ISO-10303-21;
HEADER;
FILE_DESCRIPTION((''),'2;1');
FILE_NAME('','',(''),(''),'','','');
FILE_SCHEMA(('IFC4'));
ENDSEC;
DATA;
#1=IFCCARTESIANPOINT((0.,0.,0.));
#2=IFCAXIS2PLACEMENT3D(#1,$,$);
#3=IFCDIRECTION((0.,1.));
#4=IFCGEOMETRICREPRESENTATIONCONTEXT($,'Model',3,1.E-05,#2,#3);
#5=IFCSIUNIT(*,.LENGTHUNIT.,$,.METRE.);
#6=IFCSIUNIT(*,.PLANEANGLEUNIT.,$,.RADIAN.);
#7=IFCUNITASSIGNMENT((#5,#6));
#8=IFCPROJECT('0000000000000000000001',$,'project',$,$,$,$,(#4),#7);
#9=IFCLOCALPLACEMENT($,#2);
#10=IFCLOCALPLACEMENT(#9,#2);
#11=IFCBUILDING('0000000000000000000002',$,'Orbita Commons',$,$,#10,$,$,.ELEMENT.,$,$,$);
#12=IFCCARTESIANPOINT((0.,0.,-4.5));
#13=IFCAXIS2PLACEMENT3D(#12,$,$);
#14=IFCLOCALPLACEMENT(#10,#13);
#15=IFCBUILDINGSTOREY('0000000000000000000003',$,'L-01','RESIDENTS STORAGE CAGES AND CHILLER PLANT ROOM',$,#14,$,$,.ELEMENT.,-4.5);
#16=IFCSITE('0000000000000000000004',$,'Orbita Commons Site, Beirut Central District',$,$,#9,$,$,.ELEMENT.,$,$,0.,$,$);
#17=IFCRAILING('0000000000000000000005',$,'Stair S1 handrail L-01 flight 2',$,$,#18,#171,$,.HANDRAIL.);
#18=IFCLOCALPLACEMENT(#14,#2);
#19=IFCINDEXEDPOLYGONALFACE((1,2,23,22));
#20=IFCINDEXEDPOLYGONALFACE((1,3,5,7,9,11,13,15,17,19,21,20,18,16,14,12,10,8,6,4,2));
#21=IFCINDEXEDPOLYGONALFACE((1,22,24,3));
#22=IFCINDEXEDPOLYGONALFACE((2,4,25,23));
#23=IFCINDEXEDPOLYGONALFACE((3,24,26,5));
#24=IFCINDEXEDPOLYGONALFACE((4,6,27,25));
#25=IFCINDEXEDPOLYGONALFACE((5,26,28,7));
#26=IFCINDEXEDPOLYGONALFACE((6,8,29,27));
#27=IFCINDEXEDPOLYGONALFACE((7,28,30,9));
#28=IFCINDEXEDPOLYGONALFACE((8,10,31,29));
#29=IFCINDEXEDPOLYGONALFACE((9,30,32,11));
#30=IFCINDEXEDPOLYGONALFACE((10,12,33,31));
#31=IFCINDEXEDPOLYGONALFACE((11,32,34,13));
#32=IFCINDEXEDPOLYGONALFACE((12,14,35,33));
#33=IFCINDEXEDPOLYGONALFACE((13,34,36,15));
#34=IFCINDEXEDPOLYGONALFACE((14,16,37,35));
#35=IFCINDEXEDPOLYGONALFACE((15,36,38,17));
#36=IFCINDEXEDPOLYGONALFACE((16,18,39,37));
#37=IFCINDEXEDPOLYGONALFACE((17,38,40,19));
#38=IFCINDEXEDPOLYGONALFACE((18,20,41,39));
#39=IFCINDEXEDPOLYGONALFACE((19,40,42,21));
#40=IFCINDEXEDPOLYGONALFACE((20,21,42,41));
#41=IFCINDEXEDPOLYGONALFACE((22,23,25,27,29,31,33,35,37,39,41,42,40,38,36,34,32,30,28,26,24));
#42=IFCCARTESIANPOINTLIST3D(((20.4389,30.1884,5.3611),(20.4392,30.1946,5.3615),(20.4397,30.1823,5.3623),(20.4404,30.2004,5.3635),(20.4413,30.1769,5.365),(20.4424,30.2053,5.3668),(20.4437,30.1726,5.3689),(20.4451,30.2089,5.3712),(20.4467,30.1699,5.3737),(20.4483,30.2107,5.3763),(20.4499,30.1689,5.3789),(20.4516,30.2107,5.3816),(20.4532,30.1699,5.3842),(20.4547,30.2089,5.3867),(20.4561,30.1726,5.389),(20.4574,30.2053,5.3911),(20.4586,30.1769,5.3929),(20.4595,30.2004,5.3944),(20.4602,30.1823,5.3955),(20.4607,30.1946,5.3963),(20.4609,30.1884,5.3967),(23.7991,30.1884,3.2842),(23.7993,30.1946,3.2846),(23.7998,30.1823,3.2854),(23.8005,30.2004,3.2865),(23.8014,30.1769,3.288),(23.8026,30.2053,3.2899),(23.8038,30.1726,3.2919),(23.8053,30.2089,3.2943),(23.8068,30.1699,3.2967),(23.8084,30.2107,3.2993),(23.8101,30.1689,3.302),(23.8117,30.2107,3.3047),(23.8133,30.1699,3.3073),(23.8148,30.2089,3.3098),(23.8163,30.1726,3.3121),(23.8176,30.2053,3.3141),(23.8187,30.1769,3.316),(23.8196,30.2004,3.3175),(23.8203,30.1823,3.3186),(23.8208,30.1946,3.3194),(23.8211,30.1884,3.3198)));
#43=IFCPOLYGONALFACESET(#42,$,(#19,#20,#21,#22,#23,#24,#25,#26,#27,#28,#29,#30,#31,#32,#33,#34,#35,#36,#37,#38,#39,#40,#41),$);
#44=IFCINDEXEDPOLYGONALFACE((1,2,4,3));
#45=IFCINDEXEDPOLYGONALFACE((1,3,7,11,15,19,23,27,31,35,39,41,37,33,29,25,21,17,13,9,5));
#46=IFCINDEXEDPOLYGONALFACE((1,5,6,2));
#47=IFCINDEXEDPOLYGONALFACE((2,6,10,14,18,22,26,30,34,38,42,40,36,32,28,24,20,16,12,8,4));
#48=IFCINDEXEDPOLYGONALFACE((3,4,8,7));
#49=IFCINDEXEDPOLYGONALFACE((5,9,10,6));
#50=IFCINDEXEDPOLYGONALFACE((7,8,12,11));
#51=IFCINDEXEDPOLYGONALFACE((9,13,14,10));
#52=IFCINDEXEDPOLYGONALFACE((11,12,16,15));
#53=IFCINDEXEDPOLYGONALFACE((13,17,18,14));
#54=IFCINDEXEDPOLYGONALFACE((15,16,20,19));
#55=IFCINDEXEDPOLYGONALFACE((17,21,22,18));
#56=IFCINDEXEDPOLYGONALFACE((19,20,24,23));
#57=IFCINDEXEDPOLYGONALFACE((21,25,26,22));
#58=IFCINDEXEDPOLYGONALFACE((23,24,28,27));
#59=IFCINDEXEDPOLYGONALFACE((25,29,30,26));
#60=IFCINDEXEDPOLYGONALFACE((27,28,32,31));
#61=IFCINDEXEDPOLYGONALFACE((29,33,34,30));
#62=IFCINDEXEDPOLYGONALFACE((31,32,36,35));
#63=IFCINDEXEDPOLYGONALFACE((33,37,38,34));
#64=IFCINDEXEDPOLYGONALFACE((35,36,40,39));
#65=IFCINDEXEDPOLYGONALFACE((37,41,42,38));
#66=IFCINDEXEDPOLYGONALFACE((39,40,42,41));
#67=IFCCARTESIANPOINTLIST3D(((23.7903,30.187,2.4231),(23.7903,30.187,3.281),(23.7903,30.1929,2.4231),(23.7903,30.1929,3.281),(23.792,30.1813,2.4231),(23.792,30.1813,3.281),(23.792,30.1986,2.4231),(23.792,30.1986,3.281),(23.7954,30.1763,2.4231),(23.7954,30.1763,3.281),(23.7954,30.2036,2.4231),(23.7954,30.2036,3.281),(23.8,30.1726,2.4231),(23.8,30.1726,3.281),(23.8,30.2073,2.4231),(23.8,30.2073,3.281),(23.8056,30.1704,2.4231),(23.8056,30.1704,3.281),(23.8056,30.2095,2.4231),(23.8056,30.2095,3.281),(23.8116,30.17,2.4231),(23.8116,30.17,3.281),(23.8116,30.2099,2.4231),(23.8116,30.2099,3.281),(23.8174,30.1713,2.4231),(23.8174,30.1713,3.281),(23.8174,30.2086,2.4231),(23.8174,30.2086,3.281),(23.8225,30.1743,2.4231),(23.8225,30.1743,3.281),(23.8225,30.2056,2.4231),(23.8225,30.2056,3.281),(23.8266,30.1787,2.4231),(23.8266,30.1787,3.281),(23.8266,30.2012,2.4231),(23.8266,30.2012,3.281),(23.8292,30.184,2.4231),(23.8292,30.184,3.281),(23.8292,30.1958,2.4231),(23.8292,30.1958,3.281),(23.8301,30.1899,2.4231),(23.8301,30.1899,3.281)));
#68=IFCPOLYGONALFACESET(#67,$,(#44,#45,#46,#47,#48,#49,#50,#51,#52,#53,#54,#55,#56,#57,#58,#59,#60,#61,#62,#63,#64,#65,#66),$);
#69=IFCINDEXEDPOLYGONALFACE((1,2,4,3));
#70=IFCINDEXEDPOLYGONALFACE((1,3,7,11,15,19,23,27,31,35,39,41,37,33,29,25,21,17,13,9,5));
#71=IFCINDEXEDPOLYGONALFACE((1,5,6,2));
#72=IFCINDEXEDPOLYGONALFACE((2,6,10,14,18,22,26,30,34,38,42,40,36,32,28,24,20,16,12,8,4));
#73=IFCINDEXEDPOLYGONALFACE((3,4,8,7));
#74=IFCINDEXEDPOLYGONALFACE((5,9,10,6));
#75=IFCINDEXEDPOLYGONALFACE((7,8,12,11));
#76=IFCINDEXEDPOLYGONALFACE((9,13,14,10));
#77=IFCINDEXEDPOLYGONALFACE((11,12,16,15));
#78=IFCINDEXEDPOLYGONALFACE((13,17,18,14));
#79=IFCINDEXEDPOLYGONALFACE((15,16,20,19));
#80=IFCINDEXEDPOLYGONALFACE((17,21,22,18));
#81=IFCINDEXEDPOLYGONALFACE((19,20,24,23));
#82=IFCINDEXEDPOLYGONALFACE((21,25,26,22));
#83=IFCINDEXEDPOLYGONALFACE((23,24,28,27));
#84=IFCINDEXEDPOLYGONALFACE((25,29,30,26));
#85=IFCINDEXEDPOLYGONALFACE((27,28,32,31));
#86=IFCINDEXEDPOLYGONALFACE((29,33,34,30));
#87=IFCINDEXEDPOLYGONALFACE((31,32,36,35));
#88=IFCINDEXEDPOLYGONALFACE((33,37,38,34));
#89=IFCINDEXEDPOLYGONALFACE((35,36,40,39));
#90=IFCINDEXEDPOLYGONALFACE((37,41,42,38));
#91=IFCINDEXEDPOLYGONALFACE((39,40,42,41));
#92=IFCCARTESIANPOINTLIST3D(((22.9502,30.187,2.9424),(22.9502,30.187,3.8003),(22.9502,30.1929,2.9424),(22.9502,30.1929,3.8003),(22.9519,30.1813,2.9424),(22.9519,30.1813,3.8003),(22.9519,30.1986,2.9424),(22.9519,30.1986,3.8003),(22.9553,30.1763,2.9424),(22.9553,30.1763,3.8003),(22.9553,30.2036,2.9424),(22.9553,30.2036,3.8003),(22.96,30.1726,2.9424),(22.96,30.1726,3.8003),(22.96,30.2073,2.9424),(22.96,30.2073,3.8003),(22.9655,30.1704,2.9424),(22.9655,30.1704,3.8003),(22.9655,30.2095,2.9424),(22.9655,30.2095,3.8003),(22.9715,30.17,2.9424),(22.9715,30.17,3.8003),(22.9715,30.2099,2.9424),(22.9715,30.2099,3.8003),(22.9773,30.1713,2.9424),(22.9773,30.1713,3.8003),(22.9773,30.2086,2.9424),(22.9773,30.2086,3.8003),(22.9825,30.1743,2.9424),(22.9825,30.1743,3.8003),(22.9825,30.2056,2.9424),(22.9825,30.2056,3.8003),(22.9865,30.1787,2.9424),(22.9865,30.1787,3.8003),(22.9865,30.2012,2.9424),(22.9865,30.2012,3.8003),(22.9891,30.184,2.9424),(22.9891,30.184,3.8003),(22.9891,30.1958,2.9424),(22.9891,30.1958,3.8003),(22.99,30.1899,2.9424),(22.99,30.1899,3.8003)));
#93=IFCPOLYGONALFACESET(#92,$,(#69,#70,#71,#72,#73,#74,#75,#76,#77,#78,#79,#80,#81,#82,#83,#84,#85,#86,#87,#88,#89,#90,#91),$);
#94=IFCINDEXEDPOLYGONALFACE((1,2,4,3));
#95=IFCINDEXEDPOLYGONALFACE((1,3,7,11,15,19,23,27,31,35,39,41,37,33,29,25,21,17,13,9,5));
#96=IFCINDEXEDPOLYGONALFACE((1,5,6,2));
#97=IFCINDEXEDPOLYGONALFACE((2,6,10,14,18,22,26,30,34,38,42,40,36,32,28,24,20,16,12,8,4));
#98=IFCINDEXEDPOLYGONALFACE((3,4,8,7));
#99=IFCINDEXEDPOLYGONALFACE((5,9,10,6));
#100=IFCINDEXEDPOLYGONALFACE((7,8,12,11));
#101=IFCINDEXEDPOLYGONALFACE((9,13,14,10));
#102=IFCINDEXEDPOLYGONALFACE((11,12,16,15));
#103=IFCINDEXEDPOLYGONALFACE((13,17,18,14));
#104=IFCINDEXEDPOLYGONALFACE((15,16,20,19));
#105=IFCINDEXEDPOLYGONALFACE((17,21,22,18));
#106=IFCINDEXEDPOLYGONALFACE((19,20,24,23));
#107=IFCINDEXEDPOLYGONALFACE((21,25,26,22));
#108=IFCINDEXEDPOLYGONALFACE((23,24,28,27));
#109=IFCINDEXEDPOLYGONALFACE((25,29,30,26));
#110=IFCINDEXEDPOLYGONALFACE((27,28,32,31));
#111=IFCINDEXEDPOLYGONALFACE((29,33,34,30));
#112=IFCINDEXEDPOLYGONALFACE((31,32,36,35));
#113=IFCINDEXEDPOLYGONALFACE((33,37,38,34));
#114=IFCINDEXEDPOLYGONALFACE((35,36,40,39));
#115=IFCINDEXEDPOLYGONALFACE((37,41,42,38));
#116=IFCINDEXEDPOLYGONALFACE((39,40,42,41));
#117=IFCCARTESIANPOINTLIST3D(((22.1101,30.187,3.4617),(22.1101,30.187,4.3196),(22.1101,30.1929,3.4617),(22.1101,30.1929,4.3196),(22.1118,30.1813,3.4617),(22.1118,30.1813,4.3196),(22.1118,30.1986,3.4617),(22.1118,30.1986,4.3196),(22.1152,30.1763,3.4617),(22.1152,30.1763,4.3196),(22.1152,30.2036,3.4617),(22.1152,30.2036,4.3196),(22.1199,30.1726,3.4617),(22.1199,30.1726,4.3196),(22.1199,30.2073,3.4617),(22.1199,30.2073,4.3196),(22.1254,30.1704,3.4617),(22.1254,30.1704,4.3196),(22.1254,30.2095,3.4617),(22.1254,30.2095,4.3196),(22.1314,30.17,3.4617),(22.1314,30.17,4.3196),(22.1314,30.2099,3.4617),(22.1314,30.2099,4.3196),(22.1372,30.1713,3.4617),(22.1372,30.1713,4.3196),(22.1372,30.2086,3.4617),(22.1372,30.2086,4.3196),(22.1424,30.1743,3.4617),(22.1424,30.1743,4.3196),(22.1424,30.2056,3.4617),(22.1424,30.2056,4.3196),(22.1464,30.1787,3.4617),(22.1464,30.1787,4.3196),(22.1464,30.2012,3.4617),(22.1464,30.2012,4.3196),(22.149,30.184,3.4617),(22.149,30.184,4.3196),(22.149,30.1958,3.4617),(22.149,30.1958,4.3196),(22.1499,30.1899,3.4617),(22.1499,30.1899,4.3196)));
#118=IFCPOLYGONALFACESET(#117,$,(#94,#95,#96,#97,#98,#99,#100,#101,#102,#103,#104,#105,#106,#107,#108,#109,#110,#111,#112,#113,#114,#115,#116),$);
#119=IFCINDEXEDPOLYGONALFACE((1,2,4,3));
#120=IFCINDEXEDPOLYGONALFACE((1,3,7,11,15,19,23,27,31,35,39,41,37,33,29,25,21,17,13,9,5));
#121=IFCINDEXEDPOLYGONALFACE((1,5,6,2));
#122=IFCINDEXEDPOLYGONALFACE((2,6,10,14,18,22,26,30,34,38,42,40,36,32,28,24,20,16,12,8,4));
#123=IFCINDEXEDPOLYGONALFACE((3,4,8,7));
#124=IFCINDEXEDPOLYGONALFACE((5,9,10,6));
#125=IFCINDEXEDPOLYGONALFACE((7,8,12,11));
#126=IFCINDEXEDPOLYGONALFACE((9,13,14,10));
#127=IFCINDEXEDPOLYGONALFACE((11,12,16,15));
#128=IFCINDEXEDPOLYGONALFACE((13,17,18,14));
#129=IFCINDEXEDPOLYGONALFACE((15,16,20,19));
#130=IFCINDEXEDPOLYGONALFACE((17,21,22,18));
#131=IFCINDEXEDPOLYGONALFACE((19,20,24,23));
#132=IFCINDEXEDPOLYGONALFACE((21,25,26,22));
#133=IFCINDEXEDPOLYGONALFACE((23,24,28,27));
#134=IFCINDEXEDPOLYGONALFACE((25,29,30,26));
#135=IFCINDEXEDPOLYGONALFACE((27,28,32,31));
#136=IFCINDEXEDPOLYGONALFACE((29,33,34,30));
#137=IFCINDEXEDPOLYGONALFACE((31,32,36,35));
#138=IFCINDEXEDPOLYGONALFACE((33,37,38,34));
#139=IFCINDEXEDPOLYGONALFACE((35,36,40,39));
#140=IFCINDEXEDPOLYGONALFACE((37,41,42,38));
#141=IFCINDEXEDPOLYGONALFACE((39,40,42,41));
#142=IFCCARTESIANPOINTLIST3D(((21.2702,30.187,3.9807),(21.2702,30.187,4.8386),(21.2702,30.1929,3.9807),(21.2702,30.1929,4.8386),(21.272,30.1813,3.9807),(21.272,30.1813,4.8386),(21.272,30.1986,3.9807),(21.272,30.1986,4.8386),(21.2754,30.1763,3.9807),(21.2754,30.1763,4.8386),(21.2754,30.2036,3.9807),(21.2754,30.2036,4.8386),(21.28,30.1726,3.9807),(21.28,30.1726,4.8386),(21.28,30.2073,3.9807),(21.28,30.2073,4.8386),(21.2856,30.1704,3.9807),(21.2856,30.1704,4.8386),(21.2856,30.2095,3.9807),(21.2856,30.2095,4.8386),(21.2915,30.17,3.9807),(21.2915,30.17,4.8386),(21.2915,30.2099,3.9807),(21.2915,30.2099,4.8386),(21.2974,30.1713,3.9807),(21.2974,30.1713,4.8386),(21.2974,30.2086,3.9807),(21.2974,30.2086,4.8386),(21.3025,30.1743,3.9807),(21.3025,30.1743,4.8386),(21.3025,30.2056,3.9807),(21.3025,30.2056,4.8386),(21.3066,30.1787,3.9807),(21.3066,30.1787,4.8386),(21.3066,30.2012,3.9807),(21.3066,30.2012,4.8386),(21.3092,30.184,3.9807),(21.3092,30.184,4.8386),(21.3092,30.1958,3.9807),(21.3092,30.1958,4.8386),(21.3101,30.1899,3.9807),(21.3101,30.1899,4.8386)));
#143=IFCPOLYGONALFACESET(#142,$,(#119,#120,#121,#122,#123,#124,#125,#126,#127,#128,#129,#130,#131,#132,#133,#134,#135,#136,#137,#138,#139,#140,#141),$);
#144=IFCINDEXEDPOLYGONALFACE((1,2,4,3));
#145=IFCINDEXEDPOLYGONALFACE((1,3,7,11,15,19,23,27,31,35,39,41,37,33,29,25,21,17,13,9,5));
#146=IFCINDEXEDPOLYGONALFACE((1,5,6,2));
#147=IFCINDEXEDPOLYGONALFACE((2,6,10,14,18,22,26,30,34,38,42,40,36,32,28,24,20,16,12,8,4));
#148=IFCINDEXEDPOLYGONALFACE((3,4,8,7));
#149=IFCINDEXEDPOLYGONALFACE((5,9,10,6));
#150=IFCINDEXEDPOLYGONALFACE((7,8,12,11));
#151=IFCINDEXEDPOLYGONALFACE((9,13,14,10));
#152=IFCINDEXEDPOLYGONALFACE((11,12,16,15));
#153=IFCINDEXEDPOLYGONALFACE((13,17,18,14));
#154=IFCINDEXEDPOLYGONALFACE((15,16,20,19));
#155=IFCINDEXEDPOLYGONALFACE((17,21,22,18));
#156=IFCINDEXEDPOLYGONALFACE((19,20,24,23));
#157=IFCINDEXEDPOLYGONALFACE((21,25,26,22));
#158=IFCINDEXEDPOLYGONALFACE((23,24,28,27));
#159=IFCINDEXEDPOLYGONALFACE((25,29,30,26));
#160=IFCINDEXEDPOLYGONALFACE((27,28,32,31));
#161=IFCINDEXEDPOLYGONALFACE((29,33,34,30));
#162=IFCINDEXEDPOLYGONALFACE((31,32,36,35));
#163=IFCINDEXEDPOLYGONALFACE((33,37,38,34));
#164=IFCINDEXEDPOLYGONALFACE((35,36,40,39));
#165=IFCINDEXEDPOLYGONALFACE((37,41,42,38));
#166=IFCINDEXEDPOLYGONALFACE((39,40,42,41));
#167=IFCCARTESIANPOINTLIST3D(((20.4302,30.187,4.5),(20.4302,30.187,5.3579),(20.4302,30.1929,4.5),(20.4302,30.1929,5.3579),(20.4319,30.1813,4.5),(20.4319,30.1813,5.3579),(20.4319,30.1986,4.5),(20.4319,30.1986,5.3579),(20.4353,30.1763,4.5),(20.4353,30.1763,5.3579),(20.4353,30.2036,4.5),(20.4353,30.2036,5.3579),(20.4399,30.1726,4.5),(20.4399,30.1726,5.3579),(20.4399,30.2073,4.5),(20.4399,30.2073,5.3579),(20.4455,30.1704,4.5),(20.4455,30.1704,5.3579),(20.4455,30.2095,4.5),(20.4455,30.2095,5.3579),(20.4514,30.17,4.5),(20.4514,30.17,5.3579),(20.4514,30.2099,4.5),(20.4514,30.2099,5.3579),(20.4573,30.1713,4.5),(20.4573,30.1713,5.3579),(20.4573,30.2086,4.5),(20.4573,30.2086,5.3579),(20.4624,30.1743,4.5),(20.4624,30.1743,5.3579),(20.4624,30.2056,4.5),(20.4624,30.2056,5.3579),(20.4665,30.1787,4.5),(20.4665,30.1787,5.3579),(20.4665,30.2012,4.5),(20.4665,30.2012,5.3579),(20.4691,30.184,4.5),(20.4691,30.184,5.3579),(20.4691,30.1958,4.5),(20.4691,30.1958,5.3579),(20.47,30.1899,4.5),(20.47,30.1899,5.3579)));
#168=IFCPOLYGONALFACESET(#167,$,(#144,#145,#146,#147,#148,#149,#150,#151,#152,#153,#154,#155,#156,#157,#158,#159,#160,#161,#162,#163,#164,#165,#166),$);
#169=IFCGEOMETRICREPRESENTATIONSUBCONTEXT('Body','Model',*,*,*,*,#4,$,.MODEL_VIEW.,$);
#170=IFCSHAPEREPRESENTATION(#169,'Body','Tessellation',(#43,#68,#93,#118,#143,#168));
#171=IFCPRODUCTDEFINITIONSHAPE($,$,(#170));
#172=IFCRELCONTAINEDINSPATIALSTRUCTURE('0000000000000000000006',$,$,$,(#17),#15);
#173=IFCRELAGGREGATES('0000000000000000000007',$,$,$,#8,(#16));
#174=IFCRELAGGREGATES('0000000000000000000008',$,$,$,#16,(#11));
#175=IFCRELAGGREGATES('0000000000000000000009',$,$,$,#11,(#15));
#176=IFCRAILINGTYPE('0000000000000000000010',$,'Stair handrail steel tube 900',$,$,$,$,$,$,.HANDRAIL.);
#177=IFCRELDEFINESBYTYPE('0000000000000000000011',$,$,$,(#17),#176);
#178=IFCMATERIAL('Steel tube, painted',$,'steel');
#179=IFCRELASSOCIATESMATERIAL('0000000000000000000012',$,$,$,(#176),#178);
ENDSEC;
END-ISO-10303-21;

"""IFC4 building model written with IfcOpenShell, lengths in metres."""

from ifc_helpers import new_model, si_unit, direction, frame, origin, origin_2d, place, context, subcontext, project, spatial, circle, extrude, material, type_object, element, save


model = new_model("IFC4")

# Units and contexts
model_context = context("Model", 3, precision=1e-05, world=origin(), true_north=direction((0.0, 1.0)))
body_context = subcontext(model_context, "Body", "Model", "MODEL_VIEW")
ifc_project = project(units=[si_unit("LENGTHUNIT", "METRE"), si_unit("PLANEANGLEUNIT", "RADIAN")], contexts=[model_context])

# Site, building, storey
site_placement = place(None, origin())
site = spatial("IfcSite", under=ifc_project, at=site_placement, Name="Orbita Commons Site, Beirut Central District", CompositionType="ELEMENT", RefElevation=0.0)
building_placement = place(site_placement, origin())
building = spatial("IfcBuilding", under=site, at=building_placement, Name="Orbita Commons", CompositionType="ELEMENT")
storey_placement = place(building_placement, frame((0.0, 0.0, -4.5)))
storey = spatial("IfcBuildingStorey", under=building, at=storey_placement, Name="L-01", Description="RESIDENTS STORAGE CAGES AND CHILLER PLANT ROOM", CompositionType="ELEMENT", Elevation=-4.5)

# Railing
ifc_material = material(Name="Steel tube, painted", Category="steel")
railing_type = type_object("IfcRailingType", Name="Stair handrail steel tube 900", PredefinedType="HANDRAIL", material=ifc_material)
for number, where, name in (
    (1, (23.8101, 30.1899, 2.4231), "Stair S1 handrail L-01 flight 2"),
):
    element("IfcRailing", number, at=place(storey_placement, frame(where)), inside=storey, type_object=railing_type, Name=name, PredefinedType="HANDRAIL", context=body_context, shape_type="SweptSolid", body=[
        extrude(circle(Radius=0.021, at=origin_2d()), frame((0.0, 0.0, 0.8789), z_axis=(-0.850623, 0.0, 0.525776), x_axis=(0.0, -1.0, 0.0)), (0.0, 0.0, 1.0), 3.9502),
        extrude(circle(Radius=0.02, at=origin_2d()), origin(), (0.0, 0.0, 1.0), 0.8579),
        extrude(circle(Radius=0.02, at=origin_2d()), frame((-0.8401, 0.0, 0.5193)), (0.0, 0.0, 1.0), 0.8579),
        extrude(circle(Radius=0.02, at=origin_2d()), frame((-1.6802, 0.0, 1.0386)), (0.0, 0.0, 1.0), 0.8579),
        extrude(circle(Radius=0.02, at=origin_2d()), frame((-2.52, 0.0, 1.5576)), (0.0, 0.0, 1.0), 0.8579),
        extrude(circle(Radius=0.02, at=origin_2d()), frame((-3.3601, 0.0, 2.0769)), (0.0, 0.0, 1.0), 0.8579),
    ])

save(model, "model.ifc")
